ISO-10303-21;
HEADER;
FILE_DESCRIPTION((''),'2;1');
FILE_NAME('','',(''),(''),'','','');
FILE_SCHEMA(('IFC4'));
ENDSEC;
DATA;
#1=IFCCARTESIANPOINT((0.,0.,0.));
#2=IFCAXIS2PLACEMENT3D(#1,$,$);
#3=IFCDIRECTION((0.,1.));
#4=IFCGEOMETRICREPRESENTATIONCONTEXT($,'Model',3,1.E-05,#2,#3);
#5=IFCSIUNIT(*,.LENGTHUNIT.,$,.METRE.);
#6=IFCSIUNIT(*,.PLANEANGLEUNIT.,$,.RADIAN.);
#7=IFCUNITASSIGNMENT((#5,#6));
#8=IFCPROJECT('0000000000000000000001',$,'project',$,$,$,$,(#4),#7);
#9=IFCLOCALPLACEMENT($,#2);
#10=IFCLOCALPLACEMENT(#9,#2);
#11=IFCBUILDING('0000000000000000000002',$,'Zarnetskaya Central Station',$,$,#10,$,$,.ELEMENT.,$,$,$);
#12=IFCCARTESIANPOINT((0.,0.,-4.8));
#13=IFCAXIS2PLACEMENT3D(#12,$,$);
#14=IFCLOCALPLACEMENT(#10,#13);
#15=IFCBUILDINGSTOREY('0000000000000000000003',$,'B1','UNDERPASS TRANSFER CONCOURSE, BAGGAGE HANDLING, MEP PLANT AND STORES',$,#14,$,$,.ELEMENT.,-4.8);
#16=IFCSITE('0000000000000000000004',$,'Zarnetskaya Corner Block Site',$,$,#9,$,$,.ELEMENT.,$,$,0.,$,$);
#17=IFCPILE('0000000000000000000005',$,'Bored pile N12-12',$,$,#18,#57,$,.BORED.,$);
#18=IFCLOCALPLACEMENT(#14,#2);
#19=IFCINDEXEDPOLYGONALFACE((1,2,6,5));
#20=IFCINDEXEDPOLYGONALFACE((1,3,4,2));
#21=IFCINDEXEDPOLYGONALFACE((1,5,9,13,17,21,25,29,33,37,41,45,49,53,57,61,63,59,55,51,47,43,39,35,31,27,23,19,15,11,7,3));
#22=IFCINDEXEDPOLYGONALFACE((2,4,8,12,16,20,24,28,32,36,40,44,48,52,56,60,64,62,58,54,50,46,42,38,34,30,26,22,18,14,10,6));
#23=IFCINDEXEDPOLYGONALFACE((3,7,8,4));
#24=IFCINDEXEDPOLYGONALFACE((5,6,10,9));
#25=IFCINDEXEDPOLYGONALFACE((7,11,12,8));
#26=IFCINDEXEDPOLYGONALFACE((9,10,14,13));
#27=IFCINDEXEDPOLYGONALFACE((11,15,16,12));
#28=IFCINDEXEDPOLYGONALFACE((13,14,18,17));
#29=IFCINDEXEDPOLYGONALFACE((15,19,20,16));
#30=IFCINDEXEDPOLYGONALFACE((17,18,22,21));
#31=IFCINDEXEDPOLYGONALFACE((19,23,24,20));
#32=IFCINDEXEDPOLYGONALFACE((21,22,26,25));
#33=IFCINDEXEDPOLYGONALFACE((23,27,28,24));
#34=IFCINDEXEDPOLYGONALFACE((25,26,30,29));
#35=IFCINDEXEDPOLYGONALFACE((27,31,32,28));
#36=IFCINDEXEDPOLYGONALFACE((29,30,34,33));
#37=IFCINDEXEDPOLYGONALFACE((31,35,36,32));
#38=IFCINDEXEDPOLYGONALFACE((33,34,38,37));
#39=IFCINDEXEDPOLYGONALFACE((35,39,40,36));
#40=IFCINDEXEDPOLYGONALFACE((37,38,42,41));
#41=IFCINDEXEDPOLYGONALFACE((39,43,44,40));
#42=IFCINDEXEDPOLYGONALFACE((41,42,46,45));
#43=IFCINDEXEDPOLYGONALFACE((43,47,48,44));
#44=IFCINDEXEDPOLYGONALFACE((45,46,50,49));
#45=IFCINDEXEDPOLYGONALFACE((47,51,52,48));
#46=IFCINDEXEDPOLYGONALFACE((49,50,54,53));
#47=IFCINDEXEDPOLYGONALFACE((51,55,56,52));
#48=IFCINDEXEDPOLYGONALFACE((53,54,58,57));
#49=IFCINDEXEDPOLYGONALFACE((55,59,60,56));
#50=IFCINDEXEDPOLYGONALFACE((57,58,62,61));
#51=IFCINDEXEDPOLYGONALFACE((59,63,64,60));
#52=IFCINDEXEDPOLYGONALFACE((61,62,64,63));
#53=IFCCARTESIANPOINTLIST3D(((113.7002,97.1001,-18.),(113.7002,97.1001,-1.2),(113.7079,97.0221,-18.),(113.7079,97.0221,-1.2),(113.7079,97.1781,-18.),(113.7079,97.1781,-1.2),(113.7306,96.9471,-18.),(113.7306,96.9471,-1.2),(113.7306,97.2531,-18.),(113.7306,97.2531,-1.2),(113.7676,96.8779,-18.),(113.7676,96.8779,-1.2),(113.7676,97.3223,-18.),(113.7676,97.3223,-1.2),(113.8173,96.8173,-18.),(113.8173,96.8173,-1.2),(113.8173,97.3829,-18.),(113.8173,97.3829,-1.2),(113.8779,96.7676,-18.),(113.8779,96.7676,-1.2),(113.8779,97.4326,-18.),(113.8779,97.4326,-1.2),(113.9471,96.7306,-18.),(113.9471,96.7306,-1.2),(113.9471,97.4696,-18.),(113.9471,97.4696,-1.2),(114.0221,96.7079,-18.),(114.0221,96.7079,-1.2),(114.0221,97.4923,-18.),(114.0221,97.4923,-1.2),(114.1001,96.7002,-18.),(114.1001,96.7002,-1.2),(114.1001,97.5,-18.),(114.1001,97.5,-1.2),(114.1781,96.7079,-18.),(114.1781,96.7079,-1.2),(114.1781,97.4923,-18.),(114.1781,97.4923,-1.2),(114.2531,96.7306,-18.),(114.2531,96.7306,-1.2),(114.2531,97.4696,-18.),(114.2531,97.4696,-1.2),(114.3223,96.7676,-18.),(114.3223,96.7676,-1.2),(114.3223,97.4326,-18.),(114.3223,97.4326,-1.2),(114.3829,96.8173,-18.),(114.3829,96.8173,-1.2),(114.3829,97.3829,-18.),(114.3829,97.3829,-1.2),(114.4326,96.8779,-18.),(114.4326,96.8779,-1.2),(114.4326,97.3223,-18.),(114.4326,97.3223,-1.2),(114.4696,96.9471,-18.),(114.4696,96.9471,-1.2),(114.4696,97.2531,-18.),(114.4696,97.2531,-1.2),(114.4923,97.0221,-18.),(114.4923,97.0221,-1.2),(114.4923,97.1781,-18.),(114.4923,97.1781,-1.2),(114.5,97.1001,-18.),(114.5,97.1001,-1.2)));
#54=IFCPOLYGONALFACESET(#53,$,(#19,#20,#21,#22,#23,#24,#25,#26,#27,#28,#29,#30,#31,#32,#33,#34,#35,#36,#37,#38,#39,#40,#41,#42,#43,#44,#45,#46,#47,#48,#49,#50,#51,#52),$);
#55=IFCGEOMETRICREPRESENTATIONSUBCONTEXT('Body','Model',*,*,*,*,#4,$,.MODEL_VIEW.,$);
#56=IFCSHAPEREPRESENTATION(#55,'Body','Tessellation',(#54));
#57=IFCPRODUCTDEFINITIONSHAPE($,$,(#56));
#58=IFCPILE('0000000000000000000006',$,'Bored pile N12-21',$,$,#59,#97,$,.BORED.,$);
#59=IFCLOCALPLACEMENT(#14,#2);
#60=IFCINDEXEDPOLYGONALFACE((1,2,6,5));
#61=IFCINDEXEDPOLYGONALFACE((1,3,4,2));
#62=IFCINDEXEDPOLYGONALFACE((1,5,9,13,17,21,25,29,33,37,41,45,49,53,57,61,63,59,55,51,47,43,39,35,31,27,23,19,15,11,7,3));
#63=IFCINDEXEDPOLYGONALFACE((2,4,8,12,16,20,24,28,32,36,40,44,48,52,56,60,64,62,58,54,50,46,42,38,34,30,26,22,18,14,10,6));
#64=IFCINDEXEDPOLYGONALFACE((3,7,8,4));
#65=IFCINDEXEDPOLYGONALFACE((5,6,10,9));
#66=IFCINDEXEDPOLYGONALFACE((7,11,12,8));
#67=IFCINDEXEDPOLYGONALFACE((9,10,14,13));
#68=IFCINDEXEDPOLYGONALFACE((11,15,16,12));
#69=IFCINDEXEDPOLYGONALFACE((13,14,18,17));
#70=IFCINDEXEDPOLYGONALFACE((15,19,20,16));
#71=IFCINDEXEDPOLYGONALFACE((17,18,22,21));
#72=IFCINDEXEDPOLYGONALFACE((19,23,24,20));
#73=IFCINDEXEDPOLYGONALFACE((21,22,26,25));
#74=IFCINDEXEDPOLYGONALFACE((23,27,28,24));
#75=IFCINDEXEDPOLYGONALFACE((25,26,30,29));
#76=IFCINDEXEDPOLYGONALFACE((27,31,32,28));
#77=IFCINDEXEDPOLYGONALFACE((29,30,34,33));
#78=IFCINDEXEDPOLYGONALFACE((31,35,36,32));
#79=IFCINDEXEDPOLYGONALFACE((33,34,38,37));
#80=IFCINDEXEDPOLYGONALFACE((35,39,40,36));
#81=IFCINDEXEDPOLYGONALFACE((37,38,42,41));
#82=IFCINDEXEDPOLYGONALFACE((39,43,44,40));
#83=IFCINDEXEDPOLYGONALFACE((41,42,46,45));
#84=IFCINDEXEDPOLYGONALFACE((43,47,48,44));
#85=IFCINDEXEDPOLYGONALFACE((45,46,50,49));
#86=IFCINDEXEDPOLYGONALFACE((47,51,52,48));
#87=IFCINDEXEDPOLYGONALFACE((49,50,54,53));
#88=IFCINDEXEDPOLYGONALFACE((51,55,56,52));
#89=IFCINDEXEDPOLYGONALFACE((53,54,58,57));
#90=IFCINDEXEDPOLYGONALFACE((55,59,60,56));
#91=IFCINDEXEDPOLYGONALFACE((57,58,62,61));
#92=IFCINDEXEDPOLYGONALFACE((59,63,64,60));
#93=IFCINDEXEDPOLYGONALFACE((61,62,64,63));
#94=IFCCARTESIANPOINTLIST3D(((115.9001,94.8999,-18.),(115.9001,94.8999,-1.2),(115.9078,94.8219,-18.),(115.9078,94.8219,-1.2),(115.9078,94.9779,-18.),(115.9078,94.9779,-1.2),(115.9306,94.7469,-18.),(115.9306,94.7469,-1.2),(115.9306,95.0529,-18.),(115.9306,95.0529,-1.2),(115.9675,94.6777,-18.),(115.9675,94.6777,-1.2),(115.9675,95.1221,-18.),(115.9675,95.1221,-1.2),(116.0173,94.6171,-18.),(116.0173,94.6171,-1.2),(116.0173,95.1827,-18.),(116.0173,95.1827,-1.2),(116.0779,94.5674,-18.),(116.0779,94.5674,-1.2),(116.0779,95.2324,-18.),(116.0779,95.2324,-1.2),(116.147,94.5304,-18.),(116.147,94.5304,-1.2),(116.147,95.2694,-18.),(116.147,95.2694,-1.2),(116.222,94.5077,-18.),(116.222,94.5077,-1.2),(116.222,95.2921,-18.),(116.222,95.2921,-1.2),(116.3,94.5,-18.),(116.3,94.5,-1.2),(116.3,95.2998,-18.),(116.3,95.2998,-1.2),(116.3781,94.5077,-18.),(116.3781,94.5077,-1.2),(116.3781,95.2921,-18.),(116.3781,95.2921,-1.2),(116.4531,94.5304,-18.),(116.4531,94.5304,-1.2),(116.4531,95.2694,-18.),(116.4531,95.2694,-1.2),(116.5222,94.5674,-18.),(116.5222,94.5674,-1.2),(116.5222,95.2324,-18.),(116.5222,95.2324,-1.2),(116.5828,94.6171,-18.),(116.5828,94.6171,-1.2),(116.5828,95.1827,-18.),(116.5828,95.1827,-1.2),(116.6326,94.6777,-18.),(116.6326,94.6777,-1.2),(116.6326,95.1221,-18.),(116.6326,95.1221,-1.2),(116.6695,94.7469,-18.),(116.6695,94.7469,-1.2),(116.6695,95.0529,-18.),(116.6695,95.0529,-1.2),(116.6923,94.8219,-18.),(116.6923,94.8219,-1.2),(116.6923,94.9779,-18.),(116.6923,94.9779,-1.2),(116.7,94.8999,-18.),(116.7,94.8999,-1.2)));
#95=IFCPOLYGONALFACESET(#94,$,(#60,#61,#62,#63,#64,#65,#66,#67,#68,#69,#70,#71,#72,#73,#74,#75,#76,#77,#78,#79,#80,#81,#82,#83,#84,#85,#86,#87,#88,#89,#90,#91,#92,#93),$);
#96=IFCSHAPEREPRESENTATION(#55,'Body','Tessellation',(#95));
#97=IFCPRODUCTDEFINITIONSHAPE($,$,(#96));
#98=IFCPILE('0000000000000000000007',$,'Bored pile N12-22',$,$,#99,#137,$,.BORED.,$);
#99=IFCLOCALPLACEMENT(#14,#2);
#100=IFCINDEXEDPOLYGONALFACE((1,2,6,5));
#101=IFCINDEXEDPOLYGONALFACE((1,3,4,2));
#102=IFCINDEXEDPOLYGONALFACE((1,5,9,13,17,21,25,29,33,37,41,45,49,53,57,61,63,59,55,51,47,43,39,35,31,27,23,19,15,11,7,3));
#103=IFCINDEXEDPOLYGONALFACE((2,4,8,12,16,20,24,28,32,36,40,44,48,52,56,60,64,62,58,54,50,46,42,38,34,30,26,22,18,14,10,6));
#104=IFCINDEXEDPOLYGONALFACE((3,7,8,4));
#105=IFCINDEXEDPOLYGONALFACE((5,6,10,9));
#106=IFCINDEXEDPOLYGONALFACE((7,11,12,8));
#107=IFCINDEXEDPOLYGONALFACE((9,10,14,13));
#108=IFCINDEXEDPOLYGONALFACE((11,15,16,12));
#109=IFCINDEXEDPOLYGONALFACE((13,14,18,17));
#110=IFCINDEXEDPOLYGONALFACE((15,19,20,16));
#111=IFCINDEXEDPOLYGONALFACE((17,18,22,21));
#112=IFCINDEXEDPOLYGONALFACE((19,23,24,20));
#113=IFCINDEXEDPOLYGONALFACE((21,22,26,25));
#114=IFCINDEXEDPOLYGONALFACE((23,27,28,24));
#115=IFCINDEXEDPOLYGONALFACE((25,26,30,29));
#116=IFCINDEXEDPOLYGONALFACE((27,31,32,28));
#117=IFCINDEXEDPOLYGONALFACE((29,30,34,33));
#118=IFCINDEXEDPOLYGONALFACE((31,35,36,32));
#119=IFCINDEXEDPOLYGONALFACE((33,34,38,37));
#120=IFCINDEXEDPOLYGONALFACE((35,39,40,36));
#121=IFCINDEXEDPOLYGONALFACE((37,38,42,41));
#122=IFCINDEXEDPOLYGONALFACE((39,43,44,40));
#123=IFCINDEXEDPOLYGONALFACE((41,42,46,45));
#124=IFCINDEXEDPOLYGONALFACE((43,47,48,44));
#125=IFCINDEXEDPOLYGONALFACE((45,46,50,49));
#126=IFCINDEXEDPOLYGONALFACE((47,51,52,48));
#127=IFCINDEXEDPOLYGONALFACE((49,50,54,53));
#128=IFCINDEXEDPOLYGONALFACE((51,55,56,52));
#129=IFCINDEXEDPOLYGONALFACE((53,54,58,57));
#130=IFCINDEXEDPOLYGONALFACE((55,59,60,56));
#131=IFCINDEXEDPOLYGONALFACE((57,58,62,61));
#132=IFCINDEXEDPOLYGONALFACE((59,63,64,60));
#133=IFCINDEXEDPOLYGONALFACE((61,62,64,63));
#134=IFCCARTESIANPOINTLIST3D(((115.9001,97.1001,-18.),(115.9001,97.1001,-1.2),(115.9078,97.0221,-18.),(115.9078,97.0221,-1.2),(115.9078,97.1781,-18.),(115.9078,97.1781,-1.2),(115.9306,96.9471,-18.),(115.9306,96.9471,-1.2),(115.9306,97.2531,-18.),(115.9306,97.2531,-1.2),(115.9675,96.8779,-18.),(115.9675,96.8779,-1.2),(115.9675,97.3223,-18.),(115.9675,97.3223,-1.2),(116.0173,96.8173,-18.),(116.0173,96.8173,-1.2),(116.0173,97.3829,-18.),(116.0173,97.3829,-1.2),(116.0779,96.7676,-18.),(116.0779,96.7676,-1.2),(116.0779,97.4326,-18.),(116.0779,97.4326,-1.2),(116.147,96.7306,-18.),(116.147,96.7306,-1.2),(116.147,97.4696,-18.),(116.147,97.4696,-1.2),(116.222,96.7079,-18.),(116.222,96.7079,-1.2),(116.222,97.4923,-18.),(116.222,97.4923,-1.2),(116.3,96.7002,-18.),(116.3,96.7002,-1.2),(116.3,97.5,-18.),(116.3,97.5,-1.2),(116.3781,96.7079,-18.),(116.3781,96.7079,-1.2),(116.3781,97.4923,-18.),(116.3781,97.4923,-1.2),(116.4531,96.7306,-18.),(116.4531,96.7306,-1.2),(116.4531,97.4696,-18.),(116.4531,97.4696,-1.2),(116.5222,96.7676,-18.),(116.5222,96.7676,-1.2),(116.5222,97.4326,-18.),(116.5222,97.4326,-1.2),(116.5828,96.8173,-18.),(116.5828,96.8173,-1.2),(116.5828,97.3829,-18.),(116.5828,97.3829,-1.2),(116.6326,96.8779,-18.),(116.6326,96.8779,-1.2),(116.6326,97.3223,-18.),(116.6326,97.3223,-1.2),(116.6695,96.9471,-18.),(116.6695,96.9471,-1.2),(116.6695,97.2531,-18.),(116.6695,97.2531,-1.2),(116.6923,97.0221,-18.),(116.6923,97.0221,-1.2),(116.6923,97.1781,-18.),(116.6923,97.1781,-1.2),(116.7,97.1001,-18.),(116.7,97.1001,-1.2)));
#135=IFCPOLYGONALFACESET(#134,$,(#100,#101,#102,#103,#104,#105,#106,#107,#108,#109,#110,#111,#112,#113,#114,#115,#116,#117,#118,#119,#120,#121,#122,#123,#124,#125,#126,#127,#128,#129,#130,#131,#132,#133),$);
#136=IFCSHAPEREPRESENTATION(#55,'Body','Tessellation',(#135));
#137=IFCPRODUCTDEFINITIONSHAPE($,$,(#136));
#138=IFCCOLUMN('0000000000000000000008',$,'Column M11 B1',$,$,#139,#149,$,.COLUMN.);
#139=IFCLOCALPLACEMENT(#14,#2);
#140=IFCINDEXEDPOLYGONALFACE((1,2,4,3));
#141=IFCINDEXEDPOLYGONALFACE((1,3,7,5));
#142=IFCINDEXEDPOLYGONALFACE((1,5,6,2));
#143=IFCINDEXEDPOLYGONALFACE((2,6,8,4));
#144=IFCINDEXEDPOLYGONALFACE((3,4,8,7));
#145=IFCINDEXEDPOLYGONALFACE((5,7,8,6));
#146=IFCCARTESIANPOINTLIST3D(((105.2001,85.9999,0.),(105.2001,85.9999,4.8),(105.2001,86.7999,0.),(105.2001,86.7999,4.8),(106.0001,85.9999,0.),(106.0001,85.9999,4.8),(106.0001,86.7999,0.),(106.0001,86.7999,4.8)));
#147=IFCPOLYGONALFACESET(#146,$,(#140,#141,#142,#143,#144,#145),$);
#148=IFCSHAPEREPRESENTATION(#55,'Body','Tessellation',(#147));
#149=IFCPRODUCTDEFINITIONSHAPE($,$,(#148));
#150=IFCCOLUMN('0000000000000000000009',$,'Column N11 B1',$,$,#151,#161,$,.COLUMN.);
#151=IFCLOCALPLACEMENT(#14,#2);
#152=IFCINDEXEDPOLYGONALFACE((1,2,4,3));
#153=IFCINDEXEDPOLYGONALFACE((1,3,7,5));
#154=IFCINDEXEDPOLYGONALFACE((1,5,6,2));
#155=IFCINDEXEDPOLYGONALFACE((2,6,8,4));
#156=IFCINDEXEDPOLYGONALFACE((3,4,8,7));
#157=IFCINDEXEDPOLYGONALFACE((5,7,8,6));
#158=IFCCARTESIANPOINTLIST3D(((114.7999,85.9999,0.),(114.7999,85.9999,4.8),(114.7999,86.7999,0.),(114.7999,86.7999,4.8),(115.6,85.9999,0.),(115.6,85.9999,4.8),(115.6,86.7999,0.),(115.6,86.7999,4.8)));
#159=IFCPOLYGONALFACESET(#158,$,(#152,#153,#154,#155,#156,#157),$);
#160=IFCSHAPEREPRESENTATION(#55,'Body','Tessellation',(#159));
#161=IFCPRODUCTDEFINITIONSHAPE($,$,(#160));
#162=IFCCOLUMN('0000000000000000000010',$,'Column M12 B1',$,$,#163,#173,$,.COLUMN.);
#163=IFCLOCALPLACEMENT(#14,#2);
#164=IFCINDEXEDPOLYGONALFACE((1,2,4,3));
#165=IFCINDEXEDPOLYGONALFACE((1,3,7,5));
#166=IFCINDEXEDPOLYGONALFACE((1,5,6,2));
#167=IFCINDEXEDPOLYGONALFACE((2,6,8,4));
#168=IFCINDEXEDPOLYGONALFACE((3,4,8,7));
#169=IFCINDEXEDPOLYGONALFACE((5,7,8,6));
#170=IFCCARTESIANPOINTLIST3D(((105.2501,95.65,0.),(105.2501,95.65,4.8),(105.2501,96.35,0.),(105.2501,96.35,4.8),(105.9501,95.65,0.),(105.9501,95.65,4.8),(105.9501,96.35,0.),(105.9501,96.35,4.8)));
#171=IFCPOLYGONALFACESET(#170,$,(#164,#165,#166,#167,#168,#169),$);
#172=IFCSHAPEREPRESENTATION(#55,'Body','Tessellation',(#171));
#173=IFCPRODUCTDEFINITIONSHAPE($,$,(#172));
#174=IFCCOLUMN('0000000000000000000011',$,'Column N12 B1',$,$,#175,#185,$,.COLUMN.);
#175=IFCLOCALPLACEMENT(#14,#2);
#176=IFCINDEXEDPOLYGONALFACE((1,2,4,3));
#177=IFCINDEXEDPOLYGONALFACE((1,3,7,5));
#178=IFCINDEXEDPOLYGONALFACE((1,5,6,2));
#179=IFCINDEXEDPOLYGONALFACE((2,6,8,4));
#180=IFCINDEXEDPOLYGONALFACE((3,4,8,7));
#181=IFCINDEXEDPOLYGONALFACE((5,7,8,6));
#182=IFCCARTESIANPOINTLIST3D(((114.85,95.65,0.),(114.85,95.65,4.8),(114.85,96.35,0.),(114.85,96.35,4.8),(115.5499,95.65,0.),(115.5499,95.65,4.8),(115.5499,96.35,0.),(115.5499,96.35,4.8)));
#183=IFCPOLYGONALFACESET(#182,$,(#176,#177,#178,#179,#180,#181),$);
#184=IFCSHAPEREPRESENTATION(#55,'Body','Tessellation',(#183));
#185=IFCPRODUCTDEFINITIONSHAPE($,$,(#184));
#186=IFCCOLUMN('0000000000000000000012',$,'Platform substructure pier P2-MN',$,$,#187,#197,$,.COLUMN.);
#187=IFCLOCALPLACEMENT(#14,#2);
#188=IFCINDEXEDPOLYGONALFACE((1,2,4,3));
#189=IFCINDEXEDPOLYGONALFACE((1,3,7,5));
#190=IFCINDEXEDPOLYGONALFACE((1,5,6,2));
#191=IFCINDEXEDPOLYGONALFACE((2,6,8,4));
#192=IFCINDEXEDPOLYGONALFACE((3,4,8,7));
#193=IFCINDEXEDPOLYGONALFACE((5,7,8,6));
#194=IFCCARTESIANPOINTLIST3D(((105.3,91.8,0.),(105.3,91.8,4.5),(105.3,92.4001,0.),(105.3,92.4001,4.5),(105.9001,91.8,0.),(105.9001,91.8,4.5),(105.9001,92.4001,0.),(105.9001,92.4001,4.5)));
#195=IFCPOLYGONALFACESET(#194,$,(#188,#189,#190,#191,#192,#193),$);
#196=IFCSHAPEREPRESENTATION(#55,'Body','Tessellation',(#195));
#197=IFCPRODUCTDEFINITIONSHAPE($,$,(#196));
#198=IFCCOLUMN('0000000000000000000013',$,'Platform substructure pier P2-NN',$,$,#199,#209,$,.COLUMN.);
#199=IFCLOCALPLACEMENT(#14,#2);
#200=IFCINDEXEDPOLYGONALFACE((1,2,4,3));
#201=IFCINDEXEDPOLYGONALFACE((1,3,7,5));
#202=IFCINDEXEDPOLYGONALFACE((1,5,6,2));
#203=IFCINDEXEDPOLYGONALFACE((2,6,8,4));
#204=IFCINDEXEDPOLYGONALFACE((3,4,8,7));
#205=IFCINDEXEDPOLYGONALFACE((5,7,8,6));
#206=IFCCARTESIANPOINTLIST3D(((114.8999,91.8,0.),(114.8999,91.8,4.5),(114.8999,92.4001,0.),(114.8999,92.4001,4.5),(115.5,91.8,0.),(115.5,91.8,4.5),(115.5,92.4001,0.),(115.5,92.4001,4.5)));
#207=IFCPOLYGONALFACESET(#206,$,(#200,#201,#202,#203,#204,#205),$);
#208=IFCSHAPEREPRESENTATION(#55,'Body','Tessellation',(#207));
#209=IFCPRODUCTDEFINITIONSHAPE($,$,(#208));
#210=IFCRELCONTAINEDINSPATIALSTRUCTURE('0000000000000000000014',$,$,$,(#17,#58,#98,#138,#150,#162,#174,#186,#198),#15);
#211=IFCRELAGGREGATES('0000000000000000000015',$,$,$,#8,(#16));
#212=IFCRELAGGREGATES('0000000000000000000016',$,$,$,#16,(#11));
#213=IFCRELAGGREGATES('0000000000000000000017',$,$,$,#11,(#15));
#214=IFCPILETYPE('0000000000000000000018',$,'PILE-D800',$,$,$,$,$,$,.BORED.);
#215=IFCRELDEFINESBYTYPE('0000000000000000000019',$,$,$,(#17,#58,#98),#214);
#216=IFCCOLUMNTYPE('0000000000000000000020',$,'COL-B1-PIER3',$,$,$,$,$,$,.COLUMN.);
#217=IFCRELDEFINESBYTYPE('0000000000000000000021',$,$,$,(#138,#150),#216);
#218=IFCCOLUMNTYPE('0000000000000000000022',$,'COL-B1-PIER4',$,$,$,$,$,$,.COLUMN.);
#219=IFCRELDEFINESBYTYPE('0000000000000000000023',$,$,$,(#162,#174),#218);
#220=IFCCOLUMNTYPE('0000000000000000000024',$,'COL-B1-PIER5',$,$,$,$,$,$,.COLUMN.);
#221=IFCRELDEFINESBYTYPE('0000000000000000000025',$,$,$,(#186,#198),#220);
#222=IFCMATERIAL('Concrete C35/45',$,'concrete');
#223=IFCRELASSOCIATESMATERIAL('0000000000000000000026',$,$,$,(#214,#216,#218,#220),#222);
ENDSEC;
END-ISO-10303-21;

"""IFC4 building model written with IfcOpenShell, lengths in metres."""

from ifc_helpers import new_model, si_unit, direction, frame, origin, origin_2d, place, context, subcontext, project, spatial, rectangle, circle, extrude, material, material_profile, profile_set, type_object, element, save


model = new_model("IFC4")

# Units and contexts
model_context = context("Model", 3, precision=1e-05, world=origin(), true_north=direction((0.0, 1.0)))
body_context = subcontext(model_context, "Body", "Model", "MODEL_VIEW")
ifc_project = project(units=[si_unit("LENGTHUNIT", "METRE"), si_unit("PLANEANGLEUNIT", "RADIAN")], contexts=[model_context])

# Site, building, storey
site_placement = place(None, origin())
site = spatial("IfcSite", under=ifc_project, at=site_placement, Name="Zarnetskaya Corner Block Site", CompositionType="ELEMENT", RefElevation=0.0)
building_placement = place(site_placement, origin())
building = spatial("IfcBuilding", under=site, at=building_placement, Name="Zarnetskaya Central Station", CompositionType="ELEMENT")
storey_placement = place(building_placement, frame((0.0, 0.0, -4.8)))
storey = spatial("IfcBuildingStorey", under=building, at=storey_placement, Name="B1", Description="UNDERPASS TRANSFER CONCOURSE, BAGGAGE HANDLING, MEP PLANT AND STORES", CompositionType="ELEMENT", Elevation=-4.8)

# Shared definitions
ifc_material = material(Name="Concrete C35/45", Category="concrete")

# Piles
ifc_material_profile_1 = material_profile(ifc_material, circle(Radius=0.3999, at=origin_2d()), Name="BORED PILE D800")
ifc_profile_set_1 = profile_set([ifc_material_profile_1], Name="Concrete C35/45")
pile_type_1 = type_object("IfcPileType", Name="PILE-D800", PredefinedType="BORED", material=ifc_profile_set_1)
for number, where, z_axis, x_axis, name in (
    (1, (114.1001, 97.1001, -1.2), (0.0, 0.0, -1.0), (1.0, 0.0, 0.0), "Bored pile N12-12"),
    (2, (116.3, 94.8999, -1.2), (0.0, 0.0, -1.0), (1.0, 0.0, 0.0), "Bored pile N12-21"),
    (3, (116.3, 97.1001, -1.2), (0.0, 0.0, -1.0), (1.0, 0.0, 0.0), "Bored pile N12-22"),
):
    element("IfcPile", number, at=place(storey_placement, frame(where, z_axis=z_axis, x_axis=x_axis)), inside=storey, type_object=pile_type_1, Name=name, PredefinedType="BORED", context=body_context, shape_type="SweptSolid", body=[
        extrude(circle(Radius=0.3999, at=origin_2d()), origin(), (0.0, 0.0, 1.0), 16.8),
    ])

# Columns
ifc_material_profile_2 = material_profile(ifc_material, rectangle(XDim=0.8, YDim=0.8, at=origin_2d()), Name="RC 800x800")
ifc_profile_set_2 = profile_set([ifc_material_profile_2], Name="Concrete C35/45")
column_type_1 = type_object("IfcColumnType", Name="COL-B1-PIER3", PredefinedType="COLUMN", material=ifc_profile_set_2)
for number, where, z_axis, x_axis, name in (
    (4, (105.6001, 86.3999, 0.0), (0.0, 0.0, 1.0), (1.0, 0.0, 0.0), "Column M11 B1"),
    (5, (115.2, 86.3999, 0.0), (0.0, 0.0, 1.0), (1.0, 0.0, 0.0), "Column N11 B1"),
):
    element("IfcColumn", number, at=place(storey_placement, frame(where, z_axis=z_axis, x_axis=x_axis)), inside=storey, type_object=column_type_1, Name=name, PredefinedType="COLUMN", context=body_context, shape_type="SweptSolid", body=[
        extrude(rectangle(XDim=0.8, YDim=0.8, at=origin_2d()), origin(), (0.0, 0.0, 1.0), 4.8),
    ])
ifc_material_profile_3 = material_profile(ifc_material, rectangle(XDim=0.7, YDim=0.7, at=origin_2d()), Name="RC 700x700")
ifc_profile_set_3 = profile_set([ifc_material_profile_3], Name="Concrete C35/45")
column_type_2 = type_object("IfcColumnType", Name="COL-B1-PIER4", PredefinedType="COLUMN", material=ifc_profile_set_3)
for number, where, z_axis, x_axis, name in (
    (6, (105.6001, 96.0, 0.0), (0.0, 0.0, 1.0), (1.0, 0.0, 0.0), "Column M12 B1"),
    (7, (115.2, 96.0, 0.0), (0.0, 0.0, 1.0), (1.0, 0.0, 0.0), "Column N12 B1"),
):
    element("IfcColumn", number, at=place(storey_placement, frame(where, z_axis=z_axis, x_axis=x_axis)), inside=storey, type_object=column_type_2, Name=name, PredefinedType="COLUMN", context=body_context, shape_type="SweptSolid", body=[
        extrude(rectangle(XDim=0.7, YDim=0.7, at=origin_2d()), origin(), (0.0, 0.0, 1.0), 4.8),
    ])
ifc_material_profile_4 = material_profile(ifc_material, rectangle(XDim=0.6001, YDim=0.6001, at=origin_2d()), Name="RC 600x600")
ifc_profile_set_4 = profile_set([ifc_material_profile_4], Name="Concrete C35/45")
column_type_3 = type_object("IfcColumnType", Name="COL-B1-PIER5", PredefinedType="COLUMN", material=ifc_profile_set_4)
for number, where, z_axis, x_axis, name in (
    (8, (105.6001, 92.1001, 0.0), (0.0, 0.0, 1.0), (1.0, 0.0, 0.0), "Platform substructure pier P2-MN"),
    (9, (115.2, 92.1001, 0.0), (0.0, 0.0, 1.0), (1.0, 0.0, 0.0), "Platform substructure pier P2-NN"),
):
    element("IfcColumn", number, at=place(storey_placement, frame(where, z_axis=z_axis, x_axis=x_axis)), inside=storey, type_object=column_type_3, Name=name, PredefinedType="COLUMN", context=body_context, shape_type="SweptSolid", body=[
        extrude(rectangle(XDim=0.6001, YDim=0.6001, at=origin_2d()), origin(), (0.0, 0.0, 1.0), 4.5),
    ])

save(model, "model.ifc")
